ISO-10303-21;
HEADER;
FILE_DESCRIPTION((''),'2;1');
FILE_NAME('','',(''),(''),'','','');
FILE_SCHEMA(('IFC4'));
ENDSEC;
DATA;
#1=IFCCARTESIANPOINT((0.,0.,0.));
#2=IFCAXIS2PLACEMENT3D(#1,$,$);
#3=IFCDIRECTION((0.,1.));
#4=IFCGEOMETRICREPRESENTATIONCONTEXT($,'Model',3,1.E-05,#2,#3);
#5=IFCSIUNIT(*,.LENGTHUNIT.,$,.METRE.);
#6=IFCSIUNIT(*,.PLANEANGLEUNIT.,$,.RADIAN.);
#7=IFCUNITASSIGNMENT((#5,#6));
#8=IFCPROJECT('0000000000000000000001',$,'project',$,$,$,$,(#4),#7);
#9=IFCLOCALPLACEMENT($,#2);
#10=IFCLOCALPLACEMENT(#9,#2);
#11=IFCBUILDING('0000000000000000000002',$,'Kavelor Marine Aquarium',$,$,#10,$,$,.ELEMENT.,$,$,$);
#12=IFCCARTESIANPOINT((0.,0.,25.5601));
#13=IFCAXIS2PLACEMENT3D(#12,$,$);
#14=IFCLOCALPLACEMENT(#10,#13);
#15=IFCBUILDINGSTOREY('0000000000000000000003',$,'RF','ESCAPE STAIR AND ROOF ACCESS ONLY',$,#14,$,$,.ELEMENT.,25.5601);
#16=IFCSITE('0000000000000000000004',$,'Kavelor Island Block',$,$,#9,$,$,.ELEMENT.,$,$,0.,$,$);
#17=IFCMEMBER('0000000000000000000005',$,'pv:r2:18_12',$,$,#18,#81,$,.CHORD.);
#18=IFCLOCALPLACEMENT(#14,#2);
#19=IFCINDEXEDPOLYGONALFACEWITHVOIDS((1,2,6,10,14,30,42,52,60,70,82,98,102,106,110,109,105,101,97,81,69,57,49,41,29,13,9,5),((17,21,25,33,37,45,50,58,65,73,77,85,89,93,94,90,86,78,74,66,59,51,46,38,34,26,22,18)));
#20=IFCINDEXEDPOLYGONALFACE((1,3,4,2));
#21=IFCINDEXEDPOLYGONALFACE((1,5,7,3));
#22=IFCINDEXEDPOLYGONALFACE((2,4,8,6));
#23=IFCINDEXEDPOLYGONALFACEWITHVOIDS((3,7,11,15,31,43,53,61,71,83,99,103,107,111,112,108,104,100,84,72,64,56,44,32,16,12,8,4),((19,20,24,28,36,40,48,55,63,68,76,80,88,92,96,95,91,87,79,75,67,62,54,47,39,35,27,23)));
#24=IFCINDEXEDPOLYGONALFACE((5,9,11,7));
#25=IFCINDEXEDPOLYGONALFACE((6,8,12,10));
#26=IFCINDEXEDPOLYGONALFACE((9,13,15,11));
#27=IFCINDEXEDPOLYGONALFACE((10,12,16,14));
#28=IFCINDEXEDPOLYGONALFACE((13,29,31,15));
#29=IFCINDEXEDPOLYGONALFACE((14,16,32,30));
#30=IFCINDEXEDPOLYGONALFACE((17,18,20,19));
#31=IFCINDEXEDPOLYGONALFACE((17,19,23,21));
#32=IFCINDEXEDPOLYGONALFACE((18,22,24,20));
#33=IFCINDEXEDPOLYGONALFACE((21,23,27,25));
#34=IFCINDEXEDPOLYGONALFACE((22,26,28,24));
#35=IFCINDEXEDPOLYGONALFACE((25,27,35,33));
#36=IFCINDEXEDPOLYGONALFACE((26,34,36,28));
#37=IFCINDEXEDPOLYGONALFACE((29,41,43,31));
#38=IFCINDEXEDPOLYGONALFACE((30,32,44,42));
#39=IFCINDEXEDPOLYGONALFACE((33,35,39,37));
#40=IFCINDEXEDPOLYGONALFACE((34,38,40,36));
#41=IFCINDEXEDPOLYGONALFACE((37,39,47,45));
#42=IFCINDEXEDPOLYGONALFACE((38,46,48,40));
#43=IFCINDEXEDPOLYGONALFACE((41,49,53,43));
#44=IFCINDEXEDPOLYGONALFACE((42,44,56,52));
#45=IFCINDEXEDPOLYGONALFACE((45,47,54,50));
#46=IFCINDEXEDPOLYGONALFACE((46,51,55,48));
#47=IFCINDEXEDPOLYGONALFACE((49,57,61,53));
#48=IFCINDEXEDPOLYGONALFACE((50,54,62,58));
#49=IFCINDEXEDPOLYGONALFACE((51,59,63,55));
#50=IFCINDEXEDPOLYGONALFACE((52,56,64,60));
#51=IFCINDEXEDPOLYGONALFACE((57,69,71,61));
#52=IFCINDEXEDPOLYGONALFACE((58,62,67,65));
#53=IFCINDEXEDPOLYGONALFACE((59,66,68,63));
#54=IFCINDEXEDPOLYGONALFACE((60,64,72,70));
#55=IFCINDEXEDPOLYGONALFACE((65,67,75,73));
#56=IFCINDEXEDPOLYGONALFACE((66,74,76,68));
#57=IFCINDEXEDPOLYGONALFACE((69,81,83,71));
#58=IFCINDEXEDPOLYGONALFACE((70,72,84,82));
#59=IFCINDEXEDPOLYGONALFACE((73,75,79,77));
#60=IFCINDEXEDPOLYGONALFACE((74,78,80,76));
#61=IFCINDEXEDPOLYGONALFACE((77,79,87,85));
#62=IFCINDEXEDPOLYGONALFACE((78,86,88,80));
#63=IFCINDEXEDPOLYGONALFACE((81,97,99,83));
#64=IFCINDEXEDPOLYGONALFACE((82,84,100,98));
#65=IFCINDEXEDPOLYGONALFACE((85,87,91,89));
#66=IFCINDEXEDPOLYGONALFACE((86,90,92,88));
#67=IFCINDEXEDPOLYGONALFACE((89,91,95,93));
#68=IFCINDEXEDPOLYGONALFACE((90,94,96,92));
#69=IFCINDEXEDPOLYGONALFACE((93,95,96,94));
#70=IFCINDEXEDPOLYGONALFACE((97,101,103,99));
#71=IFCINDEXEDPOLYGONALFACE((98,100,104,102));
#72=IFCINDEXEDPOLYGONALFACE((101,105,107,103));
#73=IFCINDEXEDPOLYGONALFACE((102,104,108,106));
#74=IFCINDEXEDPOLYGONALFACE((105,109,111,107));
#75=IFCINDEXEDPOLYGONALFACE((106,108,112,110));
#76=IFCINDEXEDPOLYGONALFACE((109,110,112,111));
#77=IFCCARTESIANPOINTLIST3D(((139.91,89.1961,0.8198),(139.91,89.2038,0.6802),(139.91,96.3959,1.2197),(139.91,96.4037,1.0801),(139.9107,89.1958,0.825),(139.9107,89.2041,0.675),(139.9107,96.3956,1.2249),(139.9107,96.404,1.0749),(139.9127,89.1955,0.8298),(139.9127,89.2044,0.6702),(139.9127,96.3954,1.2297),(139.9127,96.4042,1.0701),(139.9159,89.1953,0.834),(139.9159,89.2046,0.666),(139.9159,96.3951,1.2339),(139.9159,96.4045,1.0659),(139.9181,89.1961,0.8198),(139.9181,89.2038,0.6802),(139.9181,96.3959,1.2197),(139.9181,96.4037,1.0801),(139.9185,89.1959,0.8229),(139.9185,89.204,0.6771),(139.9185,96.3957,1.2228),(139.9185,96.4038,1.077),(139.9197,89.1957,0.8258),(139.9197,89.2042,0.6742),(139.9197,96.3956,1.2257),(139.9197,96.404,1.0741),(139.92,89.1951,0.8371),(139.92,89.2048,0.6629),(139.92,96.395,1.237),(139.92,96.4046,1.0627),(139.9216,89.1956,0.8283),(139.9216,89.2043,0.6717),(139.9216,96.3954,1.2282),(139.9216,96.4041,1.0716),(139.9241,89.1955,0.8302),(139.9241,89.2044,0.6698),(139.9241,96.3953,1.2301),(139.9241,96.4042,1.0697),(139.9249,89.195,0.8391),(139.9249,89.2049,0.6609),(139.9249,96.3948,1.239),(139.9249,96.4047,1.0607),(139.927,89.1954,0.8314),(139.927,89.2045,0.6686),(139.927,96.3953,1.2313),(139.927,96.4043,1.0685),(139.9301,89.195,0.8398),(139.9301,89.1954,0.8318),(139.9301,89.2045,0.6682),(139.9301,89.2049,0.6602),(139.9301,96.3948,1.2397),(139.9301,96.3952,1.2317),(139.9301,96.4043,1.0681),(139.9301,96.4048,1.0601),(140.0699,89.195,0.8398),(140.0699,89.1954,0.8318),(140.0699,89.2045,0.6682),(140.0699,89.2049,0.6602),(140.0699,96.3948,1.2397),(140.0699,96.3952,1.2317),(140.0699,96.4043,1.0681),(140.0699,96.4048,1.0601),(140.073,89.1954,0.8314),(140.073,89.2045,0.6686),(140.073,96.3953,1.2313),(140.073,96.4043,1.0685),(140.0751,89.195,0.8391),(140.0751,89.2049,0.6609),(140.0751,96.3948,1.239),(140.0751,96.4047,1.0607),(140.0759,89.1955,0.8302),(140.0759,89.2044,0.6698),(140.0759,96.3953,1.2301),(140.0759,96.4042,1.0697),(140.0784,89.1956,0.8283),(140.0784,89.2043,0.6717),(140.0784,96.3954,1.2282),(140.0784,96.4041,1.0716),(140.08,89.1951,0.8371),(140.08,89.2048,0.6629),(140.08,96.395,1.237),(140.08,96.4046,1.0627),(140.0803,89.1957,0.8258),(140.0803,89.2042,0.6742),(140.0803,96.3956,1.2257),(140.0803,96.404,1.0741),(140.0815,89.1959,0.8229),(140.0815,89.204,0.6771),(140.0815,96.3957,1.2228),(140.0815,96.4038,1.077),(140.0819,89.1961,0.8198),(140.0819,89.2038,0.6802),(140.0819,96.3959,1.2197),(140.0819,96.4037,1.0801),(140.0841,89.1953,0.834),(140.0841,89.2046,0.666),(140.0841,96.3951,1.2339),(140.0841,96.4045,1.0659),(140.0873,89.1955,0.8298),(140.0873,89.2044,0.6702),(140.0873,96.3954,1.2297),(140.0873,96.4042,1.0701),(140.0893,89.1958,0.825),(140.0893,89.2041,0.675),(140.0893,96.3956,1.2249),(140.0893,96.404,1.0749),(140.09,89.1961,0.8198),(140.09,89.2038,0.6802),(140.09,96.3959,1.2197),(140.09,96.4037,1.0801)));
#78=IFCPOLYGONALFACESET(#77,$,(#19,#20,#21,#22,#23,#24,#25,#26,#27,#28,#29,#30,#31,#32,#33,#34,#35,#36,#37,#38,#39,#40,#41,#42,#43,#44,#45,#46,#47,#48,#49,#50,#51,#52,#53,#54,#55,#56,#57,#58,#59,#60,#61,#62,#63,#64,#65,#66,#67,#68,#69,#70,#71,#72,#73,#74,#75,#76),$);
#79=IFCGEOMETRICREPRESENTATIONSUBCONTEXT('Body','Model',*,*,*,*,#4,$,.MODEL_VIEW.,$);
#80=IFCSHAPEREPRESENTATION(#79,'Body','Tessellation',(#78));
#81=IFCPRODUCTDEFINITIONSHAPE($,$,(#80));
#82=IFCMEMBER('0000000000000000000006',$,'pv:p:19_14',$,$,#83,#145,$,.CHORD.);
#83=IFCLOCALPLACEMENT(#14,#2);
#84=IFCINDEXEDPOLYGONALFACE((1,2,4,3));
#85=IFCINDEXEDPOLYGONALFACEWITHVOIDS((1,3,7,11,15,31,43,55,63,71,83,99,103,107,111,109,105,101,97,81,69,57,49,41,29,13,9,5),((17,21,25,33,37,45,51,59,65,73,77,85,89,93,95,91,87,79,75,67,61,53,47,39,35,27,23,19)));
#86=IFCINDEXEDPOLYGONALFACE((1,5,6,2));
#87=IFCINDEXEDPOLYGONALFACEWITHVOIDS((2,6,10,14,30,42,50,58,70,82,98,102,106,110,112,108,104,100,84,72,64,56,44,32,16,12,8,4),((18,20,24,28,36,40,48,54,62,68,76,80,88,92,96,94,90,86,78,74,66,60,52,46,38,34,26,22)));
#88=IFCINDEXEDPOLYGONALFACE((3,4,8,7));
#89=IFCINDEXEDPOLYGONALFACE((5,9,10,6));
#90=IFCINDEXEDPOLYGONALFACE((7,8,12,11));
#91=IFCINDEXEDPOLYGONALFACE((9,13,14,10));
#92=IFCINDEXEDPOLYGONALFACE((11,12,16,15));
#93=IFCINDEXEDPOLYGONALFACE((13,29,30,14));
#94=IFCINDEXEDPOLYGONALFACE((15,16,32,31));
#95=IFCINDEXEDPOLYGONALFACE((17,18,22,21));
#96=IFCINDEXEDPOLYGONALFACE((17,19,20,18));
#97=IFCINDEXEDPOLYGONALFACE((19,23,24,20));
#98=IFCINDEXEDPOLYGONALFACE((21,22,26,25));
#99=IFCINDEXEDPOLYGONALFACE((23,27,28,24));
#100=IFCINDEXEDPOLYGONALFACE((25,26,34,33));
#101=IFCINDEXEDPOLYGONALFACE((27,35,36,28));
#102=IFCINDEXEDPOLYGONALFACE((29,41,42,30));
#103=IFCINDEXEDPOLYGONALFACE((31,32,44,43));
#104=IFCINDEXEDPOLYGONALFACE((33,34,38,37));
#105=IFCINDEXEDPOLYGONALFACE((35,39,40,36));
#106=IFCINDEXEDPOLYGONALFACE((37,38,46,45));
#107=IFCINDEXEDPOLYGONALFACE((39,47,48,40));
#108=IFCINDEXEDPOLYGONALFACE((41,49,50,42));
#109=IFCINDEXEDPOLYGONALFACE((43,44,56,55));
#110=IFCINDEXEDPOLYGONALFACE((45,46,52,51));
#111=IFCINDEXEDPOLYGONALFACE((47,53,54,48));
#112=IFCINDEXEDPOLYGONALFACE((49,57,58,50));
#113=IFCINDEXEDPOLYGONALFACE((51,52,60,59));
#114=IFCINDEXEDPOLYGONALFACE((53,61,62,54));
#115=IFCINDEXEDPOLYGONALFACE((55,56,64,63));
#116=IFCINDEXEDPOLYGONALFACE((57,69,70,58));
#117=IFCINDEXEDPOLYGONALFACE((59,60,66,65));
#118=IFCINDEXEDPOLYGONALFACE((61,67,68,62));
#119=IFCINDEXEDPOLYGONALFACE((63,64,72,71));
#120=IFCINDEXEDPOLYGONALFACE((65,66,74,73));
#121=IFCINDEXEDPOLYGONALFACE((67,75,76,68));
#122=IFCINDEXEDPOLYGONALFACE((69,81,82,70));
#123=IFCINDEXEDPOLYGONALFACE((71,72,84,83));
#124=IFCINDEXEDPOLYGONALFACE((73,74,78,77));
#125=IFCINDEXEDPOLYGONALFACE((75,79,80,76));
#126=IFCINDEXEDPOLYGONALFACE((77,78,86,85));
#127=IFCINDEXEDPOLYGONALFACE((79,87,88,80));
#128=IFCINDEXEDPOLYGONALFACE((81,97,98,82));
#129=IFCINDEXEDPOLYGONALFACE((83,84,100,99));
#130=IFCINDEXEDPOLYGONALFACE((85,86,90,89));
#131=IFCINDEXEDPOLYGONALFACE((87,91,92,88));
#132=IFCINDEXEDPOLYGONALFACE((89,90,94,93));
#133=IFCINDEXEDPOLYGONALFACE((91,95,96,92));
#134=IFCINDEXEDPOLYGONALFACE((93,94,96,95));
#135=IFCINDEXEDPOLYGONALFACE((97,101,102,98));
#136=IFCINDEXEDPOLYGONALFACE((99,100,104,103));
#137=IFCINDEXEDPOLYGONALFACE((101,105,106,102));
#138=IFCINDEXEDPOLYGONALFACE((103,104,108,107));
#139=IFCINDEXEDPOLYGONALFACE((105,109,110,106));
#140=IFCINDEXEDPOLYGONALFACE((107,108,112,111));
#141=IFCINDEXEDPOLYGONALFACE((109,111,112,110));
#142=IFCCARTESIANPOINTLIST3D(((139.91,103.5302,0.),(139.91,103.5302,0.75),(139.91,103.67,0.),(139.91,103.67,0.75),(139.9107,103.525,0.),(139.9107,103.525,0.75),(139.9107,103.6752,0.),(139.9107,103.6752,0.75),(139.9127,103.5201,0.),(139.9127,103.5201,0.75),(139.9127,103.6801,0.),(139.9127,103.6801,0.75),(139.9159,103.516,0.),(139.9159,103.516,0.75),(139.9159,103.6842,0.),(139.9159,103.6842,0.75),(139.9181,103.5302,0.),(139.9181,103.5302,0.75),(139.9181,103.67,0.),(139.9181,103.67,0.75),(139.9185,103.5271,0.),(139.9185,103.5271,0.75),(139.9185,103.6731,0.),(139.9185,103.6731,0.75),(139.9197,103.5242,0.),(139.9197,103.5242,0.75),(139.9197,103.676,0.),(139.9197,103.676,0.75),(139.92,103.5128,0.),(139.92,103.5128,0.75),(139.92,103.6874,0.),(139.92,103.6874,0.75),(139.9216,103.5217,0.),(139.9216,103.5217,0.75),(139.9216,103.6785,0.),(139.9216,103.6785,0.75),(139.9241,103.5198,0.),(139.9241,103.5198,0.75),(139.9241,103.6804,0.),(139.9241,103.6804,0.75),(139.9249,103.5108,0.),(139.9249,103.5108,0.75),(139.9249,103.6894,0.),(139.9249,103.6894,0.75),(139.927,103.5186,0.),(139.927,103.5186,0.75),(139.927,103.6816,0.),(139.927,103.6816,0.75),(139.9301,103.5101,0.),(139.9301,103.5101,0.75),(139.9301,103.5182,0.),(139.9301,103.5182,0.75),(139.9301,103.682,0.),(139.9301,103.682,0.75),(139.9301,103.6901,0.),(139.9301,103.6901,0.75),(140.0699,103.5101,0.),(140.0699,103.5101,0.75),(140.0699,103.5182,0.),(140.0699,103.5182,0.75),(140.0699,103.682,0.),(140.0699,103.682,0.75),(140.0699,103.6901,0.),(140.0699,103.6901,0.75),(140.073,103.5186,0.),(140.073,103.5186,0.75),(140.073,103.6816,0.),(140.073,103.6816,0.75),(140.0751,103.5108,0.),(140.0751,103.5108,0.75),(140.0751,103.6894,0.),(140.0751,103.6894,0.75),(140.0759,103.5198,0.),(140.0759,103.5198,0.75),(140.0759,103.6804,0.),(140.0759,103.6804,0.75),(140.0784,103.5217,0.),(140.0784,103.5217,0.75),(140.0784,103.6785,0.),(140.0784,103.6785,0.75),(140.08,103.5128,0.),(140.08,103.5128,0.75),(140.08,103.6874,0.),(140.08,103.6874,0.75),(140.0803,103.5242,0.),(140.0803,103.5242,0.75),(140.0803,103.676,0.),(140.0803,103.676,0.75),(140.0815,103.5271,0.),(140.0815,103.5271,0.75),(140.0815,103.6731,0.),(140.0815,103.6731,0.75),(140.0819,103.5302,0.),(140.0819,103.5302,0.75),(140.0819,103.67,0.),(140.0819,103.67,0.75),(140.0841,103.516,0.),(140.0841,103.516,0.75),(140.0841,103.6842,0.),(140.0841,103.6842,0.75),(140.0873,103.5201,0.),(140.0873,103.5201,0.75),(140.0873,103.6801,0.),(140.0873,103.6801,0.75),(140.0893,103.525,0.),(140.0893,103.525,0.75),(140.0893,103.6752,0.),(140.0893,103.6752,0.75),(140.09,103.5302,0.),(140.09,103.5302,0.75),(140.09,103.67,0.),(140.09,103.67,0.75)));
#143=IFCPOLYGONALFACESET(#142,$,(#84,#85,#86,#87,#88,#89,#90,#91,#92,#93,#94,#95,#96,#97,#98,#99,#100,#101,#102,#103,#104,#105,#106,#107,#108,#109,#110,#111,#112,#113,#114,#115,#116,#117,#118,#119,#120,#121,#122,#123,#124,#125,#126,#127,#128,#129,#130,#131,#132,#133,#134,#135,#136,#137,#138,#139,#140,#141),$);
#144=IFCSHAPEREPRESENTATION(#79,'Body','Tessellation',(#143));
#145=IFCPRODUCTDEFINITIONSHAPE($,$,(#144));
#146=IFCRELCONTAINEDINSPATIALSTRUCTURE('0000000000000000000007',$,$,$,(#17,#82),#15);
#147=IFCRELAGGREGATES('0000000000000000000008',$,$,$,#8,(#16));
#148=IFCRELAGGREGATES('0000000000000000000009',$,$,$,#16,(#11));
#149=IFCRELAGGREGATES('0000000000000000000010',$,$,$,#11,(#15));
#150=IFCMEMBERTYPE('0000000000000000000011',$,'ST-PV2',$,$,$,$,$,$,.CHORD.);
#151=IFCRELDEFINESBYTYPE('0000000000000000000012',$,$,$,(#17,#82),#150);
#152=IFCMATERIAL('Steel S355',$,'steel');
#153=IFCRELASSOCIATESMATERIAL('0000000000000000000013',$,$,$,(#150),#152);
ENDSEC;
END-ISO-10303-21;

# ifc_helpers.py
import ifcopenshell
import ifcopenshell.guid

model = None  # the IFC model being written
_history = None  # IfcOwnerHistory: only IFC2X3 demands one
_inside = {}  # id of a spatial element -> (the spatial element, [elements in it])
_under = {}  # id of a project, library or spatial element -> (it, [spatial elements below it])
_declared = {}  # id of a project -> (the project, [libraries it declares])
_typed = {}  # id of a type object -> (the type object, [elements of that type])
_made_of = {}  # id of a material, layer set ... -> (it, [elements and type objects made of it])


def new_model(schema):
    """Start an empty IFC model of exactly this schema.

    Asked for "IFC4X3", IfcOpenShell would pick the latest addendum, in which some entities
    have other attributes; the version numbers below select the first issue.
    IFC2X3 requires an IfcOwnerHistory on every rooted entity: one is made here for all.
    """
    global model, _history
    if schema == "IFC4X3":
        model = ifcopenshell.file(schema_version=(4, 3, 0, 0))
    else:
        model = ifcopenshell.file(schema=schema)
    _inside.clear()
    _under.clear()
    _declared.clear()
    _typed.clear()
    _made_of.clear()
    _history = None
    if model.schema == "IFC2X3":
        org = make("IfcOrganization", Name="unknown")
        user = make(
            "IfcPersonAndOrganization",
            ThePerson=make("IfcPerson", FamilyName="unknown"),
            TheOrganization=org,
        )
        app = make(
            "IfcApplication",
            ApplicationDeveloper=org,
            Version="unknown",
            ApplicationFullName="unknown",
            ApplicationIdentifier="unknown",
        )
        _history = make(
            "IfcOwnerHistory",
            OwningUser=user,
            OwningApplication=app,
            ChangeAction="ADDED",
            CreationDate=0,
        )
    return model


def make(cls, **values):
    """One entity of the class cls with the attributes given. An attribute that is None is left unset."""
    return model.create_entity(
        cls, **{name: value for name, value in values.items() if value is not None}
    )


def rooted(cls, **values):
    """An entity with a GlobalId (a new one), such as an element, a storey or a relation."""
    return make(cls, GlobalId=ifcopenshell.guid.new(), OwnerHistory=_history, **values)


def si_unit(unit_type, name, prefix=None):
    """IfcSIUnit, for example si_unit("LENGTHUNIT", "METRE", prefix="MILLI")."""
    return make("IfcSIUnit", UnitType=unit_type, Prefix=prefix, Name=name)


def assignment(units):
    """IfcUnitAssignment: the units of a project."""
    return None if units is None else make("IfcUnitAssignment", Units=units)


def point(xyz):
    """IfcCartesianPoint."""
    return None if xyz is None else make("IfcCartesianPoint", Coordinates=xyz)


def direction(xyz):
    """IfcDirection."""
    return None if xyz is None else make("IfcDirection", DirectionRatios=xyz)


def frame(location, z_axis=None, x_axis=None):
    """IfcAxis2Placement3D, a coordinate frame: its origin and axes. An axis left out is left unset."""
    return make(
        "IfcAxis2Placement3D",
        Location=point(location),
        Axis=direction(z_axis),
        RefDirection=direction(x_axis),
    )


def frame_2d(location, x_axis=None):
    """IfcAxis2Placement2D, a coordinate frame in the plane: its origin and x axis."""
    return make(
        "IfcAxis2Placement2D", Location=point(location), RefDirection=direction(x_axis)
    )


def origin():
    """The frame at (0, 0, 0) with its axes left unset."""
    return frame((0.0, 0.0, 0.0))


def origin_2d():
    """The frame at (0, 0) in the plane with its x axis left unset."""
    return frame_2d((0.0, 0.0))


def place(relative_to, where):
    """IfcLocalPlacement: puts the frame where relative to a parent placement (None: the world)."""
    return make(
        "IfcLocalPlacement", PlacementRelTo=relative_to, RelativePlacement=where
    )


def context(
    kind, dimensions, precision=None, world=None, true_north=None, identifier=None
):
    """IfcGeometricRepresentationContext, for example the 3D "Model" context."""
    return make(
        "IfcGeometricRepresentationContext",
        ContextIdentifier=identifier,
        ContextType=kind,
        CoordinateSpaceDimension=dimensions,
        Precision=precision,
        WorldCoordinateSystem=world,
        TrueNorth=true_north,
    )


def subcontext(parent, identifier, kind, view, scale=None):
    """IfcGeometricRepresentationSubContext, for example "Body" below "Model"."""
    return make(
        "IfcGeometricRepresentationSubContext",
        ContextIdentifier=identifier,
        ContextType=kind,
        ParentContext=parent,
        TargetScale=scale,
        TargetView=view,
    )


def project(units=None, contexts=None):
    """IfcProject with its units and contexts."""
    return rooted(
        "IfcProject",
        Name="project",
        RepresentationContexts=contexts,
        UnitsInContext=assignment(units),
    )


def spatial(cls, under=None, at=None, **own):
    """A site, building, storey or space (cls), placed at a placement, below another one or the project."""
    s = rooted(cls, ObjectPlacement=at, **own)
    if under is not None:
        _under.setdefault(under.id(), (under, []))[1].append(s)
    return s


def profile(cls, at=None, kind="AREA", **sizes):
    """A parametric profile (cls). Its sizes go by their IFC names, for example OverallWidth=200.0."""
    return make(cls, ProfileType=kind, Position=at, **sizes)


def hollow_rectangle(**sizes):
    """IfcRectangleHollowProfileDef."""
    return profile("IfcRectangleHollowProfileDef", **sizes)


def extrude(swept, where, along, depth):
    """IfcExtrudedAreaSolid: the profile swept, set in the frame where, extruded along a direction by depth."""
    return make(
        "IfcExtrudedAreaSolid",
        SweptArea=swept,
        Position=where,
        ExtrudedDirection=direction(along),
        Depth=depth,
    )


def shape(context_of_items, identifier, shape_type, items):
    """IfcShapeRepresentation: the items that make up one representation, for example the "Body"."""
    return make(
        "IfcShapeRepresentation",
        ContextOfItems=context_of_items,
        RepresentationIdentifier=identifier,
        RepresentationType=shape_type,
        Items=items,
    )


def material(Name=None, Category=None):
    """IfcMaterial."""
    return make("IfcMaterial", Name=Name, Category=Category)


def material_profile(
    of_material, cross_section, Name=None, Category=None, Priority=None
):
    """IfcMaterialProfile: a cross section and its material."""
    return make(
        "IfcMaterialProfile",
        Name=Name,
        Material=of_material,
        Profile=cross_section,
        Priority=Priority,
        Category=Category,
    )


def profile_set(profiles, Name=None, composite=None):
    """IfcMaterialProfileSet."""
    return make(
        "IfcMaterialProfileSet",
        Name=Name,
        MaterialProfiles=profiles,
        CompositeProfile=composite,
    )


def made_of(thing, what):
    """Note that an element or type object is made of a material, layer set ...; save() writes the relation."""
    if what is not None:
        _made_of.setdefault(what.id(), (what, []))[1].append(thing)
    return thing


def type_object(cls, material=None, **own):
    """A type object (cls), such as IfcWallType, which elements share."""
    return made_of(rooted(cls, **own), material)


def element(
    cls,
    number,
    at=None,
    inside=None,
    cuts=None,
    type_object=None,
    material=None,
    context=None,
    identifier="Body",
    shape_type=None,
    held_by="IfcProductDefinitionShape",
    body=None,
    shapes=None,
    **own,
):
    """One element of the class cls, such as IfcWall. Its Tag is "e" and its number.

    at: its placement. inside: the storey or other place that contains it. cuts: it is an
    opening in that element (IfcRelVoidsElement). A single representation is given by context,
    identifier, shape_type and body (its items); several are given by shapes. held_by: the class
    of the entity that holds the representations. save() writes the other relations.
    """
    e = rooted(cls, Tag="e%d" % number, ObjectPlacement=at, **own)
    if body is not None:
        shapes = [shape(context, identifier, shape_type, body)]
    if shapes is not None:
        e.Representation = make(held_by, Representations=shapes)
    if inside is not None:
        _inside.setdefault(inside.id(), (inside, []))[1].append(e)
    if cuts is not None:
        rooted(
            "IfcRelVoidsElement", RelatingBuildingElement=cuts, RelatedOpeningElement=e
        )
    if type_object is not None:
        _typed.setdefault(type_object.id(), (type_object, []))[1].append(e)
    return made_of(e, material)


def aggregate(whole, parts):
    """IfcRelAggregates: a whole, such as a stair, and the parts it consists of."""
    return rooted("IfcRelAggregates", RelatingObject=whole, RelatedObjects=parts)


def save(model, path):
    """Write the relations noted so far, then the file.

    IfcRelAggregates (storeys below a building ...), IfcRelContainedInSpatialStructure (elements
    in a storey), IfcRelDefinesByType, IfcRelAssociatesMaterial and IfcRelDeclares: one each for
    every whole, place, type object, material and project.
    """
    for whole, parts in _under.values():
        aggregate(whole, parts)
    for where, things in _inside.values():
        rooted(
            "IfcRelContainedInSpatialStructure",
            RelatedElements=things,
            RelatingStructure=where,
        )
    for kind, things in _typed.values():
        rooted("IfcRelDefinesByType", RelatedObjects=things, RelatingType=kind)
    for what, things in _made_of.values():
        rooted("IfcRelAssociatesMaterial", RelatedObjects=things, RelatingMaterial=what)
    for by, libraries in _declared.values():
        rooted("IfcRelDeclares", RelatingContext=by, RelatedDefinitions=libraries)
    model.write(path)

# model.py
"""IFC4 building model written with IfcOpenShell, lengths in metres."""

from ifc_helpers import new_model, si_unit, direction, frame, origin, origin_2d, place, context, subcontext, project, spatial, hollow_rectangle, extrude, material, material_profile, profile_set, type_object, element, save


model = new_model("IFC4")

# Units and contexts
model_context = context("Model", 3, precision=1e-05, world=origin(), true_north=direction((0.0, 1.0)))
body_context = subcontext(model_context, "Body", "Model", "MODEL_VIEW")
ifc_project = project(units=[si_unit("LENGTHUNIT", "METRE"), si_unit("PLANEANGLEUNIT", "RADIAN")], contexts=[model_context])

# Site, building, storey
site_placement = place(None, origin())
site = spatial("IfcSite", under=ifc_project, at=site_placement, Name="Kavelor Island Block", CompositionType="ELEMENT", RefElevation=0.0)
building_placement = place(site_placement, origin())
building = spatial("IfcBuilding", under=site, at=building_placement, Name="Kavelor Marine Aquarium", CompositionType="ELEMENT")
storey_placement = place(building_placement, frame((0.0, 0.0, 25.5601)))
storey = spatial("IfcBuildingStorey", under=building, at=storey_placement, Name="RF", Description="ESCAPE STAIR AND ROOF ACCESS ONLY", CompositionType="ELEMENT", Elevation=25.5601)

# Members
ifc_material_1 = material(Name="Steel S355", Category="steel")
ifc_material_profile_1 = material_profile(ifc_material_1, hollow_rectangle(XDim=0.1799, YDim=0.1799, WallThickness=0.0081, InnerFilletRadius=0.012, OuterFilletRadius=0.02, at=origin_2d()), Name="SHS 180x180x8.0")
ifc_profile_set_1 = profile_set([ifc_material_profile_1], Name="Steel S355")
member_type_1 = type_object("IfcMemberType", Name="ST-PV2", PredefinedType="CHORD", material=ifc_profile_set_1)
member_1_placement = place(storey_placement, frame((140.0, 89.2, 0.75), z_axis=(0.0, 0.998461, 0.055457), x_axis=(-1.0, 0.0, 0.0)))
element("IfcMember", 1, at=member_1_placement, inside=storey, type_object=member_type_1, Name="pv:r2:18_12", PredefinedType="CHORD", context=body_context, shape_type="SweptSolid", body=[
    extrude(hollow_rectangle(XDim=0.1799, YDim=0.1799, WallThickness=0.0081, InnerFilletRadius=0.012, OuterFilletRadius=0.02, at=origin_2d()), origin(), (0.0, 0.0, 1.0), 7.2109),
])
member_2_placement = place(storey_placement, frame((140.0, 103.6001, 0.0), z_axis=(0.0, 0.0, 1.0), x_axis=(1.0, 0.0, 0.0)))
element("IfcMember", 2, at=member_2_placement, inside=storey, type_object=member_type_1, Name="pv:p:19_14", PredefinedType="CHORD", context=body_context, shape_type="SweptSolid", body=[
    extrude(hollow_rectangle(XDim=0.1799, YDim=0.1799, WallThickness=0.0081, InnerFilletRadius=0.012, OuterFilletRadius=0.02, at=origin_2d()), origin(), (0.0, 0.0, 1.0), 0.75),
])

save(model, "model.ifc")
